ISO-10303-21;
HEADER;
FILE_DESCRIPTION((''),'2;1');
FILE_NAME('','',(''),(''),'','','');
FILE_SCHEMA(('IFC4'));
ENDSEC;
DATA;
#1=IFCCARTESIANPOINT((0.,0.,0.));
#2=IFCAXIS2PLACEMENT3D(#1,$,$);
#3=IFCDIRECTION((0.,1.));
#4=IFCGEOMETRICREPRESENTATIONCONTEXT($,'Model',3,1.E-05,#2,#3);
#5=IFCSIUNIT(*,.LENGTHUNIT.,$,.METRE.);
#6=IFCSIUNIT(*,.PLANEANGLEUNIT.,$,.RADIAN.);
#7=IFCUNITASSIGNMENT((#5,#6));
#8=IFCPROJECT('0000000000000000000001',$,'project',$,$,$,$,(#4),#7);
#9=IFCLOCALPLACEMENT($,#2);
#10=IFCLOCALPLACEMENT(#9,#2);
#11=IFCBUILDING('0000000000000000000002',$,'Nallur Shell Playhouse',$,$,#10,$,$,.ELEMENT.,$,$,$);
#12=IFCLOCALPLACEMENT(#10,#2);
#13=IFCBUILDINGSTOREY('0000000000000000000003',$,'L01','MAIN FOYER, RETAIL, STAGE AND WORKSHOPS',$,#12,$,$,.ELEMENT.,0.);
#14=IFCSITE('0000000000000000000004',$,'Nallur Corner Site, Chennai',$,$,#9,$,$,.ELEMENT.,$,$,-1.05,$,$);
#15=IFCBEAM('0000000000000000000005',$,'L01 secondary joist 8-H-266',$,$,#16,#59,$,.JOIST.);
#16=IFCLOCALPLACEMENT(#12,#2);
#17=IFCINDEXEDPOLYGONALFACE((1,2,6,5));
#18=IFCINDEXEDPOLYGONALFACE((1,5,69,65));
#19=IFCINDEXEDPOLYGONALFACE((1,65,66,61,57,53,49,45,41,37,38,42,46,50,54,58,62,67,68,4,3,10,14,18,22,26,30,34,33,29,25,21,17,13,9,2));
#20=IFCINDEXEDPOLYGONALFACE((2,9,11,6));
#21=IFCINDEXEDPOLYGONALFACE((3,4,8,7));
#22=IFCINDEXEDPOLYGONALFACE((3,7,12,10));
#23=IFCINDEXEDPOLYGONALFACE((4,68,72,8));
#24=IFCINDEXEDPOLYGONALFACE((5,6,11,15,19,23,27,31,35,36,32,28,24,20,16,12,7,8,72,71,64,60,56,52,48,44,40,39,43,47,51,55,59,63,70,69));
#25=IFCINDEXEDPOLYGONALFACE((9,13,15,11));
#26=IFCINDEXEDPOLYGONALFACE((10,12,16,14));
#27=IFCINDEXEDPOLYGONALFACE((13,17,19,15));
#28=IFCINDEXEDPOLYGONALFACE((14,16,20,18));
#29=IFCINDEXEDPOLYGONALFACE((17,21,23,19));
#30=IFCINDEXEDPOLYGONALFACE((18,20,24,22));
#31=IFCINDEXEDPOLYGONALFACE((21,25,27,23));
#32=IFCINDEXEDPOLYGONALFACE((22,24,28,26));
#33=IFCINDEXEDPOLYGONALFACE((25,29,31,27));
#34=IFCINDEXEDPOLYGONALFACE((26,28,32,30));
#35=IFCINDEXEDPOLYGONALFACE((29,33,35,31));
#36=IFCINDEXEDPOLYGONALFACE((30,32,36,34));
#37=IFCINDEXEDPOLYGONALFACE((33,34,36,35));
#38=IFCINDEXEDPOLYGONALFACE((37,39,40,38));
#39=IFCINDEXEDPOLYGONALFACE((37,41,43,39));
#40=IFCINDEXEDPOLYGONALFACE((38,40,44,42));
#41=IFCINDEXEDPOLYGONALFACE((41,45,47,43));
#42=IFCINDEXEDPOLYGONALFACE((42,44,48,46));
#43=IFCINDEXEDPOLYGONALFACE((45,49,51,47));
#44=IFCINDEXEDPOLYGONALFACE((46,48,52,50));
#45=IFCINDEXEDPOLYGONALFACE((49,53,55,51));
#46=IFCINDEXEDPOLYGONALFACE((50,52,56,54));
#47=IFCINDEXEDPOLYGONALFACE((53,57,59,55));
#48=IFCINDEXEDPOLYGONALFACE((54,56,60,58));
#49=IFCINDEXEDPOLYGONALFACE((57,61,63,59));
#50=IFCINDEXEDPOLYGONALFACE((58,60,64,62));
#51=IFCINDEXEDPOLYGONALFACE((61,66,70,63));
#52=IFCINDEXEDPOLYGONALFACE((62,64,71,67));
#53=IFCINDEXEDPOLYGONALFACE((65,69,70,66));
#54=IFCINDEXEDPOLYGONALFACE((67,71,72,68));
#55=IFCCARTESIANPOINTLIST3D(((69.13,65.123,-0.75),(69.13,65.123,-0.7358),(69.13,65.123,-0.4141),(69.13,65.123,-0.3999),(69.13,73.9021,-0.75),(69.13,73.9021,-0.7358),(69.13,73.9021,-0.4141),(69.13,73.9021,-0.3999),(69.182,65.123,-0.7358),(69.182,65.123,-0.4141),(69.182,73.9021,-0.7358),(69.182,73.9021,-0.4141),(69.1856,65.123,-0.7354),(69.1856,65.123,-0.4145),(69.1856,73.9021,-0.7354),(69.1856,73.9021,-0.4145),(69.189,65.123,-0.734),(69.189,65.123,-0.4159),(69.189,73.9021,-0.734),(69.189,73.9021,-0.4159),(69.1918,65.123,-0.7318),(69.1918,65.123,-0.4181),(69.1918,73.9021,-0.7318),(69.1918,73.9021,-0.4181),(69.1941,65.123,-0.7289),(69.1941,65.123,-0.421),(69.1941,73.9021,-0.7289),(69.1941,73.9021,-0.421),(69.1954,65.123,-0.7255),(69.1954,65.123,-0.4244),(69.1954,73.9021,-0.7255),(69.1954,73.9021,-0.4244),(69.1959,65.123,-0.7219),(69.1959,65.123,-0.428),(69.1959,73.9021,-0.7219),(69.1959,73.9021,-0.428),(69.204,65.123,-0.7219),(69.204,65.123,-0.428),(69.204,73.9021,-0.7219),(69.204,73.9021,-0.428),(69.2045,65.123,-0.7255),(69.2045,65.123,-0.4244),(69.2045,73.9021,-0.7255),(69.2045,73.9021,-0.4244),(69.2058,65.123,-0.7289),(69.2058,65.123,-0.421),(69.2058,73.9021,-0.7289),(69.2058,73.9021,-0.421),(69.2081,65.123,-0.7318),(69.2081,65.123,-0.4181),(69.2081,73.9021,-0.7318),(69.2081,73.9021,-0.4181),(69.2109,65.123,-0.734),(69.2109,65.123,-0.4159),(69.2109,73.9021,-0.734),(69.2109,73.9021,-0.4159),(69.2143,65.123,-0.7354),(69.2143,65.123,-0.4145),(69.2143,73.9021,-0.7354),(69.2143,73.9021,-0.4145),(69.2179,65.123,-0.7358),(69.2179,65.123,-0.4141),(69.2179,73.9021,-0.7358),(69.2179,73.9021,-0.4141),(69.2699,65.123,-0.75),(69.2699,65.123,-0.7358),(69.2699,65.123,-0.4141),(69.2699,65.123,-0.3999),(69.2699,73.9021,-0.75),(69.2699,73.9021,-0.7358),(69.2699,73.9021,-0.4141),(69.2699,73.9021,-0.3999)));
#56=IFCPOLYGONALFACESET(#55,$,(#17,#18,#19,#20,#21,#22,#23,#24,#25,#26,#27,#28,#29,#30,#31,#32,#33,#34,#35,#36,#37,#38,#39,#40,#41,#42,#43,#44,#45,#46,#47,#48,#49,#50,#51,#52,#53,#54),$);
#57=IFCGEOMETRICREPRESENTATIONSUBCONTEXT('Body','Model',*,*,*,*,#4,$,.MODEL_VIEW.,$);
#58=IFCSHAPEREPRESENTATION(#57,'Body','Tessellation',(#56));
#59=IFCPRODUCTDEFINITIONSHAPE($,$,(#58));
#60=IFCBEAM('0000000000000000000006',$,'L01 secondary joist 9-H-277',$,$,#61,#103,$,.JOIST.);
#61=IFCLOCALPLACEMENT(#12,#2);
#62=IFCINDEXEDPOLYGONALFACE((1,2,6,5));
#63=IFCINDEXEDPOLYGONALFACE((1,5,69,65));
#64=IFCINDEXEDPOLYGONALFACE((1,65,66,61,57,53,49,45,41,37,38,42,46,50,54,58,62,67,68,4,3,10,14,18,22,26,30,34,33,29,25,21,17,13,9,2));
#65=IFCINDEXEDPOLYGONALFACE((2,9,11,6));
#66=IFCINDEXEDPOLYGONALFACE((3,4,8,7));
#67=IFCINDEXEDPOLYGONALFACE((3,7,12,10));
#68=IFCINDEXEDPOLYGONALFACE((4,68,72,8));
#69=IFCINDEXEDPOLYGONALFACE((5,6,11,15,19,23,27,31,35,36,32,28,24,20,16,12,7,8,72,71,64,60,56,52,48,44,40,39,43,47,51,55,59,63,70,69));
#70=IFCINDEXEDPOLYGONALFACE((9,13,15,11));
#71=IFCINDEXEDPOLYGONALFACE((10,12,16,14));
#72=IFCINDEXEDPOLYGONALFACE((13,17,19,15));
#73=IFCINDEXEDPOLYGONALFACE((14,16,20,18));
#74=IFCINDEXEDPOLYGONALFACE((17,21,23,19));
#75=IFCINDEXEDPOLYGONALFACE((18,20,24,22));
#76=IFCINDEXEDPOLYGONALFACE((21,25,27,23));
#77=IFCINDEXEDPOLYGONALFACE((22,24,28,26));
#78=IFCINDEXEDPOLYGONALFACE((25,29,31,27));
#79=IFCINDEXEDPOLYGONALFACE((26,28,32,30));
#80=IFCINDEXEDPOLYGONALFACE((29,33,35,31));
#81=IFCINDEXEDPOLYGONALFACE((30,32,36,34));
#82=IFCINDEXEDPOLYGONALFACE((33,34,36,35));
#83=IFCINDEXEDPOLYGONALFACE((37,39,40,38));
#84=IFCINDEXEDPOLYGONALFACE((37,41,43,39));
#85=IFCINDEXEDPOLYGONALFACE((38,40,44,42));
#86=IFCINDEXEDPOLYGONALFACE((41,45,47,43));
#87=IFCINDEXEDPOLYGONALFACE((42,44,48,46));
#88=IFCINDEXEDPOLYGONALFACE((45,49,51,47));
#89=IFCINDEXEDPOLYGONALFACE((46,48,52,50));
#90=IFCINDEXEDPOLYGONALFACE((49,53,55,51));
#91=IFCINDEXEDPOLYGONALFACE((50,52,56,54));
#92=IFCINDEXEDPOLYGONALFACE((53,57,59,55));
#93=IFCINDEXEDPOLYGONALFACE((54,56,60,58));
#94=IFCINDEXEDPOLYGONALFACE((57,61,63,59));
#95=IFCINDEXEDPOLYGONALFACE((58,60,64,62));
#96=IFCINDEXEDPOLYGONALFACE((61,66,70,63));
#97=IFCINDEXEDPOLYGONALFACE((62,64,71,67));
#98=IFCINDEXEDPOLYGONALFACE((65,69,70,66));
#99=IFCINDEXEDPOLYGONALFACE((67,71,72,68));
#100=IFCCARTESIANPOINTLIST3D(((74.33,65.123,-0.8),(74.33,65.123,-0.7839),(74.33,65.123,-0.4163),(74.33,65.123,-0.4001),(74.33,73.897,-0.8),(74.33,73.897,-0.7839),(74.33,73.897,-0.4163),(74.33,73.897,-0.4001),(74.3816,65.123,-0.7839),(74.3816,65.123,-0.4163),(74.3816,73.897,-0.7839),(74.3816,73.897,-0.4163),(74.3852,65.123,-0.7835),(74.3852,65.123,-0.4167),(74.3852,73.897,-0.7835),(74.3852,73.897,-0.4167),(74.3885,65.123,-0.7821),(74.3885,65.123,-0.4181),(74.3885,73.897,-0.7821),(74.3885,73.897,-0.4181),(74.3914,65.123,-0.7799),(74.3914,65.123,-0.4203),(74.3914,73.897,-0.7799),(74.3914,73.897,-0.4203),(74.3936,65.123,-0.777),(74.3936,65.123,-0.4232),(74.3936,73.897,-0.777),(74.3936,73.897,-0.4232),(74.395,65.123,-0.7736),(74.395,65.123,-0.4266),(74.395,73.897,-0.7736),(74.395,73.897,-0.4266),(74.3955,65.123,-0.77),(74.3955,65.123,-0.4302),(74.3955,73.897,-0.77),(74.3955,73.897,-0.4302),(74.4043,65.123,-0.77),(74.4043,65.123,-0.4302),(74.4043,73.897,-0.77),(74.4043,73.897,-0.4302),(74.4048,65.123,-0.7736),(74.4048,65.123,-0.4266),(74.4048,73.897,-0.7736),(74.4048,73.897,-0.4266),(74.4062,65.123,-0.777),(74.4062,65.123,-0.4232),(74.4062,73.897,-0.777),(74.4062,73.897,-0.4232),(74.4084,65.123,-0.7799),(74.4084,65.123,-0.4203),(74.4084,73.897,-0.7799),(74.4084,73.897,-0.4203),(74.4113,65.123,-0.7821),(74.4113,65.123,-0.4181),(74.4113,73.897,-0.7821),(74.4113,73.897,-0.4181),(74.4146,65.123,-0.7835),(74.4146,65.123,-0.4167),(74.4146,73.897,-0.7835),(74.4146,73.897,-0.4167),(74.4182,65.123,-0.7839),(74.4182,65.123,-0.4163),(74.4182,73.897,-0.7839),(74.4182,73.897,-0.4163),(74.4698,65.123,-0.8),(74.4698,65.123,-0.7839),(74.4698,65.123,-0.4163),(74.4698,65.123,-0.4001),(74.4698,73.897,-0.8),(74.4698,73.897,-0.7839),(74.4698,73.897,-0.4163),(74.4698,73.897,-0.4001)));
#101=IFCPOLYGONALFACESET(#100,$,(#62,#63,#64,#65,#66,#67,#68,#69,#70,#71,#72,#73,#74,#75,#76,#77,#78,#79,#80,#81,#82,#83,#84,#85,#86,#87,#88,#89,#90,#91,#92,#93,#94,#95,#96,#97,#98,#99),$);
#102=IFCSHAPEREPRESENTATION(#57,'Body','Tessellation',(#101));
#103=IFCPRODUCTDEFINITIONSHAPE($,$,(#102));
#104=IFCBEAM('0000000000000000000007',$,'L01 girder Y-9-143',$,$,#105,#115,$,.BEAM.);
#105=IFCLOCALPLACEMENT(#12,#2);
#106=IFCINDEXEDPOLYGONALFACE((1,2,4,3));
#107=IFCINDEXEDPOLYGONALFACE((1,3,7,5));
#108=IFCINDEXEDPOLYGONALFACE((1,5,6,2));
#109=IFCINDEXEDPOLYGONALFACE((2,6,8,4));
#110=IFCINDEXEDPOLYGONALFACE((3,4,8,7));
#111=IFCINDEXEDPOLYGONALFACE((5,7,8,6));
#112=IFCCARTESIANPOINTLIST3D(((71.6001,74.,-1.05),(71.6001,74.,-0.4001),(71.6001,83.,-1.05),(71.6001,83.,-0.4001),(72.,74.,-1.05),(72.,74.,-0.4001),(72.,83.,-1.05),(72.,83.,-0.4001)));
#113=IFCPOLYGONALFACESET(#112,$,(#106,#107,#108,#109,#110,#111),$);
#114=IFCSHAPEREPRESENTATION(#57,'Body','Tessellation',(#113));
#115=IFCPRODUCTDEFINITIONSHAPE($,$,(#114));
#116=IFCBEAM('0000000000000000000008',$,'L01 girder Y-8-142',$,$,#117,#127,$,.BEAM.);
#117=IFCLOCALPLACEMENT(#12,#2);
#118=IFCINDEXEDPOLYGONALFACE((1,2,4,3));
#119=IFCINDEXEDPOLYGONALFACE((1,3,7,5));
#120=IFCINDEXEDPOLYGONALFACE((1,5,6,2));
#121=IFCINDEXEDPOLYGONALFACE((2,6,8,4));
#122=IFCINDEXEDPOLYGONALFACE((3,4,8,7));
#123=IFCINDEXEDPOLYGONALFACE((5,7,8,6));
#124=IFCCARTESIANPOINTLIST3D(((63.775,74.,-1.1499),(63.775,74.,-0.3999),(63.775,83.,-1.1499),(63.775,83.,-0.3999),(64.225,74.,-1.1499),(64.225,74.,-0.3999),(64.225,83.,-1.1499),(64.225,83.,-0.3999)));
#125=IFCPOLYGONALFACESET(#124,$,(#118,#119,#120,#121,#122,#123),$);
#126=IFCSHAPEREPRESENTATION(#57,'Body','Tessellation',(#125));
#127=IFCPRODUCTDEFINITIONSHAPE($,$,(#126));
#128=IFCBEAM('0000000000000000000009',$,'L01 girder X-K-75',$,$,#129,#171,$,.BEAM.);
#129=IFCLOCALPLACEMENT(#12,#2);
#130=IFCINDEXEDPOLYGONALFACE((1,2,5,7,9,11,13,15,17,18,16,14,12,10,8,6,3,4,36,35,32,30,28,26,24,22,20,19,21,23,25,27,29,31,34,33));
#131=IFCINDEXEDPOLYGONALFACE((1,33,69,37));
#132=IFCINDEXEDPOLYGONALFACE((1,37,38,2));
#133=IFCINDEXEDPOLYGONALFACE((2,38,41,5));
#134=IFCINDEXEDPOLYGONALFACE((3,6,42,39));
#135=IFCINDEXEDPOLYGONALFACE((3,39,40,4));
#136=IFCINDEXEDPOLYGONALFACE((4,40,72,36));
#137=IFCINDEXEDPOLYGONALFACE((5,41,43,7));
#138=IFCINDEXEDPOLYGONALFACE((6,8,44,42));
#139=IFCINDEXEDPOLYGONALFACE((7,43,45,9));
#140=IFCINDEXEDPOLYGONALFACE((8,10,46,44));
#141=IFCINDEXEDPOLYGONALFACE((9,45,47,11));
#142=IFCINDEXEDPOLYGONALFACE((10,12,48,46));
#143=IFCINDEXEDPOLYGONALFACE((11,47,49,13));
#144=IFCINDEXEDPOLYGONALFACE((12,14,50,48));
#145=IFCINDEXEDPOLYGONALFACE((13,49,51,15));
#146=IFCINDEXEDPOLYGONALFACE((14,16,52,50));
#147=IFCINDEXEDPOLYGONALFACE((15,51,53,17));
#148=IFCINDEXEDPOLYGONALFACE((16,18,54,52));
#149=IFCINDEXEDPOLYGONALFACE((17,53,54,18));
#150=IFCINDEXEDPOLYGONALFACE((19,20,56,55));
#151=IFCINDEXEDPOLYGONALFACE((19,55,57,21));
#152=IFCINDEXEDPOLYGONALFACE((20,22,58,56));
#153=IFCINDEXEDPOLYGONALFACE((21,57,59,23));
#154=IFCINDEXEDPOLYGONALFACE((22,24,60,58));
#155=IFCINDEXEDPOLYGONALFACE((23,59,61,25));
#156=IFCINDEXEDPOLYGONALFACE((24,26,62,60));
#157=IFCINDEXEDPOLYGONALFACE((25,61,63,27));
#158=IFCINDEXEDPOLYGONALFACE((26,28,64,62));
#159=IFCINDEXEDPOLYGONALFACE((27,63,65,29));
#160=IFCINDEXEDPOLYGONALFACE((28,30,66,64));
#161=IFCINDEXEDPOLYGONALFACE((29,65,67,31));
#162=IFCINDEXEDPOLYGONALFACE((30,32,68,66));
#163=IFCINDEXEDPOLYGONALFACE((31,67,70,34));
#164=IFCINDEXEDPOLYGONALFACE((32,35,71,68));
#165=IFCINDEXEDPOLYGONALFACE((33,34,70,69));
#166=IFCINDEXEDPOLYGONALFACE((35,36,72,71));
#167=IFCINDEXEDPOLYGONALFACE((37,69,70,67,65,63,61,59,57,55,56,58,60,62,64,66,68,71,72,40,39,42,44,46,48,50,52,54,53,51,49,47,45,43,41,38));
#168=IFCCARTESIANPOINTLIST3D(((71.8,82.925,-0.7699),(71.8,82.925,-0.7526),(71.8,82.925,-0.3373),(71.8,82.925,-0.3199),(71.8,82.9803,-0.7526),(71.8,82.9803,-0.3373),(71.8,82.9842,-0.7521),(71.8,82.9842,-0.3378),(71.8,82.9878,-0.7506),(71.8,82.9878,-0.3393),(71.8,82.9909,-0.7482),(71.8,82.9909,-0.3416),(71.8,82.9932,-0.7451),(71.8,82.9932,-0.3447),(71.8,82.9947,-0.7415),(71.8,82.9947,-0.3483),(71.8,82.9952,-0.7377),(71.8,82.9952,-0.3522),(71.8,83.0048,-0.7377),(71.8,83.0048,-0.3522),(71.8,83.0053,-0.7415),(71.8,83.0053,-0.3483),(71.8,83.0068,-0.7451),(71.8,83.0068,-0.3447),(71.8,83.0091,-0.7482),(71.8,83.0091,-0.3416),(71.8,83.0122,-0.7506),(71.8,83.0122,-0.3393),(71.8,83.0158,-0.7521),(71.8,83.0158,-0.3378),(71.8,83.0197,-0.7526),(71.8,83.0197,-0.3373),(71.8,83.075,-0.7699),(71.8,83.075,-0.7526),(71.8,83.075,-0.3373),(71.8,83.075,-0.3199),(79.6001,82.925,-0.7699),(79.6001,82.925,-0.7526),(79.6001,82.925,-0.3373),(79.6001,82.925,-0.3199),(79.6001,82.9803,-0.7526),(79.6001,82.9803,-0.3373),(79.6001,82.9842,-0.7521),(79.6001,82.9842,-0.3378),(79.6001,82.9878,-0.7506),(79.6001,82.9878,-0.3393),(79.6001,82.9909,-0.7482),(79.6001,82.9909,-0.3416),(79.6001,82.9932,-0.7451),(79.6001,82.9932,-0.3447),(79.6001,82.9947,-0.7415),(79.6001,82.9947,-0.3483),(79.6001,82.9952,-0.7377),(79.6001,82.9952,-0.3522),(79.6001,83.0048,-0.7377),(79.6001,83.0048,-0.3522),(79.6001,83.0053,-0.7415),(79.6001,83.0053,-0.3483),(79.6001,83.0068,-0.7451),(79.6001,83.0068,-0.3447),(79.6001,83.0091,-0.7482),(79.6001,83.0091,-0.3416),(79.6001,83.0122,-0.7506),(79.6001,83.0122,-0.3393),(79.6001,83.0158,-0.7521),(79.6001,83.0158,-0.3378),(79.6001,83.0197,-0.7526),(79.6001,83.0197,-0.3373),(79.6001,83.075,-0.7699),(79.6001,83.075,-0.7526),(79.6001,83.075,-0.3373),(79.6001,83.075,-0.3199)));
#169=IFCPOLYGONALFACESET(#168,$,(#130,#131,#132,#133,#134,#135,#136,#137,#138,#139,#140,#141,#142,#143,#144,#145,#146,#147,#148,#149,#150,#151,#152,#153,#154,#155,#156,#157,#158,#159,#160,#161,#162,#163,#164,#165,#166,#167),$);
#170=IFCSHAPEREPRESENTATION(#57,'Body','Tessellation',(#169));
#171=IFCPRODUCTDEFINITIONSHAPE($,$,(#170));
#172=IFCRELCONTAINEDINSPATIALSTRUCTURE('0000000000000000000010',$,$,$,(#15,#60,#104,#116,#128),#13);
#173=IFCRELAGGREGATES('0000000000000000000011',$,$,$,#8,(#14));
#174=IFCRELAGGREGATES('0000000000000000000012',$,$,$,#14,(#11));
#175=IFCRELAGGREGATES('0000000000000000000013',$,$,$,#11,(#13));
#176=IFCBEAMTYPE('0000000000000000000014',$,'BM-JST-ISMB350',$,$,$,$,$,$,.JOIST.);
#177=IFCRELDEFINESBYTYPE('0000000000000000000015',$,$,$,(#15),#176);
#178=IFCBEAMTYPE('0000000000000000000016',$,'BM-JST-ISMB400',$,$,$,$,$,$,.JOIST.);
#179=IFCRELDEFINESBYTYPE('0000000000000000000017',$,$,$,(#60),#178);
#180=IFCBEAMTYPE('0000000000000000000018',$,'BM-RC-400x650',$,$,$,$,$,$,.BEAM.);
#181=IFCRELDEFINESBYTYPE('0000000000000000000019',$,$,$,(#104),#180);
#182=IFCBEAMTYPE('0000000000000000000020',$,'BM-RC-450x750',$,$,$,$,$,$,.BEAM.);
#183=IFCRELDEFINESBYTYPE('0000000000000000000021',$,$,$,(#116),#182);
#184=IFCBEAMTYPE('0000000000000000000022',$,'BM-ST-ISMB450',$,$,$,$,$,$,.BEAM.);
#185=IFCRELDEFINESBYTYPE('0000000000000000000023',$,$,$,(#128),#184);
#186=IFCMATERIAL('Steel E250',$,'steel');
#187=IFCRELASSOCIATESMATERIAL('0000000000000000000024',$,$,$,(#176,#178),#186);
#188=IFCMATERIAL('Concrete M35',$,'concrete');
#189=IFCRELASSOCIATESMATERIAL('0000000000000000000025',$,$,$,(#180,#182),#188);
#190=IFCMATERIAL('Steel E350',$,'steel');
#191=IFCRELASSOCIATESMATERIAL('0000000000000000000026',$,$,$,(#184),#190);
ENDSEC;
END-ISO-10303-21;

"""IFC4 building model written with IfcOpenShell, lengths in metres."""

from ifc_helpers import new_model, si_unit, direction, frame, origin, origin_2d, place, context, subcontext, project, spatial, rectangle, i_section, extrude, material, material_profile, profile_set, type_object, element, save


model = new_model("IFC4")

# Units and contexts
model_context = context("Model", 3, precision=1e-05, world=origin(), true_north=direction((0.0, 1.0)))
body_context = subcontext(model_context, "Body", "Model", "MODEL_VIEW")
ifc_project = project(units=[si_unit("LENGTHUNIT", "METRE"), si_unit("PLANEANGLEUNIT", "RADIAN")], contexts=[model_context])

# Site, building, storey
site_placement = place(None, origin())
site = spatial("IfcSite", under=ifc_project, at=site_placement, Name="Nallur Corner Site, Chennai", CompositionType="ELEMENT", RefElevation=-1.05)
building_placement = place(site_placement, origin())
building = spatial("IfcBuilding", under=site, at=building_placement, Name="Nallur Shell Playhouse", CompositionType="ELEMENT")
storey_placement = place(building_placement, origin())
storey = spatial("IfcBuildingStorey", under=building, at=storey_placement, Name="L01", Description="MAIN FOYER, RETAIL, STAGE AND WORKSHOPS", CompositionType="ELEMENT", Elevation=0.0)

# Shared definitions
ifc_material_1 = material(Name="Steel E350", Category="steel")

# Beams
ifc_material_2 = material(Name="Steel E250", Category="steel")
ifc_material_profile_1 = material_profile(ifc_material_2, i_section(OverallWidth=0.1399, OverallDepth=0.3501, WebThickness=0.0081, FlangeThickness=0.0142, FilletRadius=0.0139, at=origin_2d()), Name="ISMB 350")
ifc_profile_set_1 = profile_set([ifc_material_profile_1], Name="Steel E250")
beam_type_1 = type_object("IfcBeamType", Name="BM-JST-ISMB350", PredefinedType="JOIST", material=ifc_profile_set_1)
beam_1_placement = place(storey_placement, frame((69.2, 65.123, -0.575), z_axis=(0.0, 1.0, 0.0), x_axis=(-1.0, 0.0, 0.0)))
element("IfcBeam", 1, at=beam_1_placement, inside=storey, type_object=beam_type_1, Name="L01 secondary joist 8-H-266", PredefinedType="JOIST", context=body_context, shape_type="SweptSolid", body=[
    extrude(i_section(OverallWidth=0.1399, OverallDepth=0.3501, WebThickness=0.0081, FlangeThickness=0.0142, FilletRadius=0.0139, at=origin_2d()), origin(), (0.0, 0.0, 1.0), 8.7791),
])
ifc_material_profile_2 = material_profile(ifc_material_2, i_section(OverallWidth=0.1399, OverallDepth=0.3999, WebThickness=0.0088, FlangeThickness=0.0161, FilletRadius=0.0139, at=origin_2d()), Name="ISMB 400")
ifc_profile_set_2 = profile_set([ifc_material_profile_2], Name="Steel E250")
beam_type_2 = type_object("IfcBeamType", Name="BM-JST-ISMB400", PredefinedType="JOIST", material=ifc_profile_set_2)
beam_2_placement = place(storey_placement, frame((74.3999, 65.123, -0.6001), z_axis=(0.0, 1.0, 0.0), x_axis=(-1.0, 0.0, 0.0)))
element("IfcBeam", 2, at=beam_2_placement, inside=storey, type_object=beam_type_2, Name="L01 secondary joist 9-H-277", PredefinedType="JOIST", context=body_context, shape_type="SweptSolid", body=[
    extrude(i_section(OverallWidth=0.1399, OverallDepth=0.3999, WebThickness=0.0088, FlangeThickness=0.0161, FilletRadius=0.0139, at=origin_2d()), origin(), (0.0, 0.0, 1.0), 8.7739),
])
ifc_material_3 = material(Name="Concrete M35", Category="concrete")
ifc_material_profile_3 = material_profile(ifc_material_3, rectangle(XDim=0.3999, YDim=0.6499, at=origin_2d()), Name="RC 400x650")
ifc_profile_set_3 = profile_set([ifc_material_profile_3], Name="Concrete M35")
beam_type_3 = type_object("IfcBeamType", Name="BM-RC-400x650", PredefinedType="BEAM", material=ifc_profile_set_3)
beam_3_placement = place(storey_placement, frame((71.8, 74.0, -0.7251), z_axis=(0.0, 1.0, 0.0), x_axis=(-1.0, 0.0, 0.0)))
element("IfcBeam", 3, at=beam_3_placement, inside=storey, type_object=beam_type_3, Name="L01 girder Y-9-143", PredefinedType="BEAM", context=body_context, shape_type="SweptSolid", body=[
    extrude(rectangle(XDim=0.3999, YDim=0.6499, at=origin_2d()), origin(), (0.0, 0.0, 1.0), 9.0),
])
ifc_material_profile_4 = material_profile(ifc_material_3, rectangle(XDim=0.45, YDim=0.75, at=origin_2d()), Name="RC 450x750")
ifc_profile_set_4 = profile_set([ifc_material_profile_4], Name="Concrete M35")
beam_type_4 = type_object("IfcBeamType", Name="BM-RC-450x750", PredefinedType="BEAM", material=ifc_profile_set_4)
beam_4_placement = place(storey_placement, frame((64.0, 74.0, -0.7749), z_axis=(0.0, 1.0, 0.0), x_axis=(-1.0, 0.0, 0.0)))
element("IfcBeam", 4, at=beam_4_placement, inside=storey, type_object=beam_type_4, Name="L01 girder Y-8-142", PredefinedType="BEAM", context=body_context, shape_type="SweptSolid", body=[
    extrude(rectangle(XDim=0.45, YDim=0.75, at=origin_2d()), origin(), (0.0, 0.0, 1.0), 9.0),
])
ifc_material_profile_5 = material_profile(ifc_material_1, i_section(OverallWidth=0.1499, OverallDepth=0.45, WebThickness=0.0095, FlangeThickness=0.0173, FilletRadius=0.0149, at=origin_2d()), Name="ISMB 450")
ifc_profile_set_5 = profile_set([ifc_material_profile_5], Name="Steel E350")
beam_type_5 = type_object("IfcBeamType", Name="BM-ST-ISMB450", PredefinedType="BEAM", material=ifc_profile_set_5)
beam_5_placement = place(storey_placement, frame((71.8, 83.0, -0.5449), z_axis=(1.0, 0.0, 0.0), x_axis=(0.0, 1.0, 0.0)))
element("IfcBeam", 5, at=beam_5_placement, inside=storey, type_object=beam_type_5, Name="L01 girder X-K-75", PredefinedType="BEAM", context=body_context, shape_type="SweptSolid", body=[
    extrude(i_section(OverallWidth=0.1499, OverallDepth=0.45, WebThickness=0.0095, FlangeThickness=0.0173, FilletRadius=0.0149, at=origin_2d()), origin(), (0.0, 0.0, 1.0), 7.8),
])

save(model, "model.ifc")
